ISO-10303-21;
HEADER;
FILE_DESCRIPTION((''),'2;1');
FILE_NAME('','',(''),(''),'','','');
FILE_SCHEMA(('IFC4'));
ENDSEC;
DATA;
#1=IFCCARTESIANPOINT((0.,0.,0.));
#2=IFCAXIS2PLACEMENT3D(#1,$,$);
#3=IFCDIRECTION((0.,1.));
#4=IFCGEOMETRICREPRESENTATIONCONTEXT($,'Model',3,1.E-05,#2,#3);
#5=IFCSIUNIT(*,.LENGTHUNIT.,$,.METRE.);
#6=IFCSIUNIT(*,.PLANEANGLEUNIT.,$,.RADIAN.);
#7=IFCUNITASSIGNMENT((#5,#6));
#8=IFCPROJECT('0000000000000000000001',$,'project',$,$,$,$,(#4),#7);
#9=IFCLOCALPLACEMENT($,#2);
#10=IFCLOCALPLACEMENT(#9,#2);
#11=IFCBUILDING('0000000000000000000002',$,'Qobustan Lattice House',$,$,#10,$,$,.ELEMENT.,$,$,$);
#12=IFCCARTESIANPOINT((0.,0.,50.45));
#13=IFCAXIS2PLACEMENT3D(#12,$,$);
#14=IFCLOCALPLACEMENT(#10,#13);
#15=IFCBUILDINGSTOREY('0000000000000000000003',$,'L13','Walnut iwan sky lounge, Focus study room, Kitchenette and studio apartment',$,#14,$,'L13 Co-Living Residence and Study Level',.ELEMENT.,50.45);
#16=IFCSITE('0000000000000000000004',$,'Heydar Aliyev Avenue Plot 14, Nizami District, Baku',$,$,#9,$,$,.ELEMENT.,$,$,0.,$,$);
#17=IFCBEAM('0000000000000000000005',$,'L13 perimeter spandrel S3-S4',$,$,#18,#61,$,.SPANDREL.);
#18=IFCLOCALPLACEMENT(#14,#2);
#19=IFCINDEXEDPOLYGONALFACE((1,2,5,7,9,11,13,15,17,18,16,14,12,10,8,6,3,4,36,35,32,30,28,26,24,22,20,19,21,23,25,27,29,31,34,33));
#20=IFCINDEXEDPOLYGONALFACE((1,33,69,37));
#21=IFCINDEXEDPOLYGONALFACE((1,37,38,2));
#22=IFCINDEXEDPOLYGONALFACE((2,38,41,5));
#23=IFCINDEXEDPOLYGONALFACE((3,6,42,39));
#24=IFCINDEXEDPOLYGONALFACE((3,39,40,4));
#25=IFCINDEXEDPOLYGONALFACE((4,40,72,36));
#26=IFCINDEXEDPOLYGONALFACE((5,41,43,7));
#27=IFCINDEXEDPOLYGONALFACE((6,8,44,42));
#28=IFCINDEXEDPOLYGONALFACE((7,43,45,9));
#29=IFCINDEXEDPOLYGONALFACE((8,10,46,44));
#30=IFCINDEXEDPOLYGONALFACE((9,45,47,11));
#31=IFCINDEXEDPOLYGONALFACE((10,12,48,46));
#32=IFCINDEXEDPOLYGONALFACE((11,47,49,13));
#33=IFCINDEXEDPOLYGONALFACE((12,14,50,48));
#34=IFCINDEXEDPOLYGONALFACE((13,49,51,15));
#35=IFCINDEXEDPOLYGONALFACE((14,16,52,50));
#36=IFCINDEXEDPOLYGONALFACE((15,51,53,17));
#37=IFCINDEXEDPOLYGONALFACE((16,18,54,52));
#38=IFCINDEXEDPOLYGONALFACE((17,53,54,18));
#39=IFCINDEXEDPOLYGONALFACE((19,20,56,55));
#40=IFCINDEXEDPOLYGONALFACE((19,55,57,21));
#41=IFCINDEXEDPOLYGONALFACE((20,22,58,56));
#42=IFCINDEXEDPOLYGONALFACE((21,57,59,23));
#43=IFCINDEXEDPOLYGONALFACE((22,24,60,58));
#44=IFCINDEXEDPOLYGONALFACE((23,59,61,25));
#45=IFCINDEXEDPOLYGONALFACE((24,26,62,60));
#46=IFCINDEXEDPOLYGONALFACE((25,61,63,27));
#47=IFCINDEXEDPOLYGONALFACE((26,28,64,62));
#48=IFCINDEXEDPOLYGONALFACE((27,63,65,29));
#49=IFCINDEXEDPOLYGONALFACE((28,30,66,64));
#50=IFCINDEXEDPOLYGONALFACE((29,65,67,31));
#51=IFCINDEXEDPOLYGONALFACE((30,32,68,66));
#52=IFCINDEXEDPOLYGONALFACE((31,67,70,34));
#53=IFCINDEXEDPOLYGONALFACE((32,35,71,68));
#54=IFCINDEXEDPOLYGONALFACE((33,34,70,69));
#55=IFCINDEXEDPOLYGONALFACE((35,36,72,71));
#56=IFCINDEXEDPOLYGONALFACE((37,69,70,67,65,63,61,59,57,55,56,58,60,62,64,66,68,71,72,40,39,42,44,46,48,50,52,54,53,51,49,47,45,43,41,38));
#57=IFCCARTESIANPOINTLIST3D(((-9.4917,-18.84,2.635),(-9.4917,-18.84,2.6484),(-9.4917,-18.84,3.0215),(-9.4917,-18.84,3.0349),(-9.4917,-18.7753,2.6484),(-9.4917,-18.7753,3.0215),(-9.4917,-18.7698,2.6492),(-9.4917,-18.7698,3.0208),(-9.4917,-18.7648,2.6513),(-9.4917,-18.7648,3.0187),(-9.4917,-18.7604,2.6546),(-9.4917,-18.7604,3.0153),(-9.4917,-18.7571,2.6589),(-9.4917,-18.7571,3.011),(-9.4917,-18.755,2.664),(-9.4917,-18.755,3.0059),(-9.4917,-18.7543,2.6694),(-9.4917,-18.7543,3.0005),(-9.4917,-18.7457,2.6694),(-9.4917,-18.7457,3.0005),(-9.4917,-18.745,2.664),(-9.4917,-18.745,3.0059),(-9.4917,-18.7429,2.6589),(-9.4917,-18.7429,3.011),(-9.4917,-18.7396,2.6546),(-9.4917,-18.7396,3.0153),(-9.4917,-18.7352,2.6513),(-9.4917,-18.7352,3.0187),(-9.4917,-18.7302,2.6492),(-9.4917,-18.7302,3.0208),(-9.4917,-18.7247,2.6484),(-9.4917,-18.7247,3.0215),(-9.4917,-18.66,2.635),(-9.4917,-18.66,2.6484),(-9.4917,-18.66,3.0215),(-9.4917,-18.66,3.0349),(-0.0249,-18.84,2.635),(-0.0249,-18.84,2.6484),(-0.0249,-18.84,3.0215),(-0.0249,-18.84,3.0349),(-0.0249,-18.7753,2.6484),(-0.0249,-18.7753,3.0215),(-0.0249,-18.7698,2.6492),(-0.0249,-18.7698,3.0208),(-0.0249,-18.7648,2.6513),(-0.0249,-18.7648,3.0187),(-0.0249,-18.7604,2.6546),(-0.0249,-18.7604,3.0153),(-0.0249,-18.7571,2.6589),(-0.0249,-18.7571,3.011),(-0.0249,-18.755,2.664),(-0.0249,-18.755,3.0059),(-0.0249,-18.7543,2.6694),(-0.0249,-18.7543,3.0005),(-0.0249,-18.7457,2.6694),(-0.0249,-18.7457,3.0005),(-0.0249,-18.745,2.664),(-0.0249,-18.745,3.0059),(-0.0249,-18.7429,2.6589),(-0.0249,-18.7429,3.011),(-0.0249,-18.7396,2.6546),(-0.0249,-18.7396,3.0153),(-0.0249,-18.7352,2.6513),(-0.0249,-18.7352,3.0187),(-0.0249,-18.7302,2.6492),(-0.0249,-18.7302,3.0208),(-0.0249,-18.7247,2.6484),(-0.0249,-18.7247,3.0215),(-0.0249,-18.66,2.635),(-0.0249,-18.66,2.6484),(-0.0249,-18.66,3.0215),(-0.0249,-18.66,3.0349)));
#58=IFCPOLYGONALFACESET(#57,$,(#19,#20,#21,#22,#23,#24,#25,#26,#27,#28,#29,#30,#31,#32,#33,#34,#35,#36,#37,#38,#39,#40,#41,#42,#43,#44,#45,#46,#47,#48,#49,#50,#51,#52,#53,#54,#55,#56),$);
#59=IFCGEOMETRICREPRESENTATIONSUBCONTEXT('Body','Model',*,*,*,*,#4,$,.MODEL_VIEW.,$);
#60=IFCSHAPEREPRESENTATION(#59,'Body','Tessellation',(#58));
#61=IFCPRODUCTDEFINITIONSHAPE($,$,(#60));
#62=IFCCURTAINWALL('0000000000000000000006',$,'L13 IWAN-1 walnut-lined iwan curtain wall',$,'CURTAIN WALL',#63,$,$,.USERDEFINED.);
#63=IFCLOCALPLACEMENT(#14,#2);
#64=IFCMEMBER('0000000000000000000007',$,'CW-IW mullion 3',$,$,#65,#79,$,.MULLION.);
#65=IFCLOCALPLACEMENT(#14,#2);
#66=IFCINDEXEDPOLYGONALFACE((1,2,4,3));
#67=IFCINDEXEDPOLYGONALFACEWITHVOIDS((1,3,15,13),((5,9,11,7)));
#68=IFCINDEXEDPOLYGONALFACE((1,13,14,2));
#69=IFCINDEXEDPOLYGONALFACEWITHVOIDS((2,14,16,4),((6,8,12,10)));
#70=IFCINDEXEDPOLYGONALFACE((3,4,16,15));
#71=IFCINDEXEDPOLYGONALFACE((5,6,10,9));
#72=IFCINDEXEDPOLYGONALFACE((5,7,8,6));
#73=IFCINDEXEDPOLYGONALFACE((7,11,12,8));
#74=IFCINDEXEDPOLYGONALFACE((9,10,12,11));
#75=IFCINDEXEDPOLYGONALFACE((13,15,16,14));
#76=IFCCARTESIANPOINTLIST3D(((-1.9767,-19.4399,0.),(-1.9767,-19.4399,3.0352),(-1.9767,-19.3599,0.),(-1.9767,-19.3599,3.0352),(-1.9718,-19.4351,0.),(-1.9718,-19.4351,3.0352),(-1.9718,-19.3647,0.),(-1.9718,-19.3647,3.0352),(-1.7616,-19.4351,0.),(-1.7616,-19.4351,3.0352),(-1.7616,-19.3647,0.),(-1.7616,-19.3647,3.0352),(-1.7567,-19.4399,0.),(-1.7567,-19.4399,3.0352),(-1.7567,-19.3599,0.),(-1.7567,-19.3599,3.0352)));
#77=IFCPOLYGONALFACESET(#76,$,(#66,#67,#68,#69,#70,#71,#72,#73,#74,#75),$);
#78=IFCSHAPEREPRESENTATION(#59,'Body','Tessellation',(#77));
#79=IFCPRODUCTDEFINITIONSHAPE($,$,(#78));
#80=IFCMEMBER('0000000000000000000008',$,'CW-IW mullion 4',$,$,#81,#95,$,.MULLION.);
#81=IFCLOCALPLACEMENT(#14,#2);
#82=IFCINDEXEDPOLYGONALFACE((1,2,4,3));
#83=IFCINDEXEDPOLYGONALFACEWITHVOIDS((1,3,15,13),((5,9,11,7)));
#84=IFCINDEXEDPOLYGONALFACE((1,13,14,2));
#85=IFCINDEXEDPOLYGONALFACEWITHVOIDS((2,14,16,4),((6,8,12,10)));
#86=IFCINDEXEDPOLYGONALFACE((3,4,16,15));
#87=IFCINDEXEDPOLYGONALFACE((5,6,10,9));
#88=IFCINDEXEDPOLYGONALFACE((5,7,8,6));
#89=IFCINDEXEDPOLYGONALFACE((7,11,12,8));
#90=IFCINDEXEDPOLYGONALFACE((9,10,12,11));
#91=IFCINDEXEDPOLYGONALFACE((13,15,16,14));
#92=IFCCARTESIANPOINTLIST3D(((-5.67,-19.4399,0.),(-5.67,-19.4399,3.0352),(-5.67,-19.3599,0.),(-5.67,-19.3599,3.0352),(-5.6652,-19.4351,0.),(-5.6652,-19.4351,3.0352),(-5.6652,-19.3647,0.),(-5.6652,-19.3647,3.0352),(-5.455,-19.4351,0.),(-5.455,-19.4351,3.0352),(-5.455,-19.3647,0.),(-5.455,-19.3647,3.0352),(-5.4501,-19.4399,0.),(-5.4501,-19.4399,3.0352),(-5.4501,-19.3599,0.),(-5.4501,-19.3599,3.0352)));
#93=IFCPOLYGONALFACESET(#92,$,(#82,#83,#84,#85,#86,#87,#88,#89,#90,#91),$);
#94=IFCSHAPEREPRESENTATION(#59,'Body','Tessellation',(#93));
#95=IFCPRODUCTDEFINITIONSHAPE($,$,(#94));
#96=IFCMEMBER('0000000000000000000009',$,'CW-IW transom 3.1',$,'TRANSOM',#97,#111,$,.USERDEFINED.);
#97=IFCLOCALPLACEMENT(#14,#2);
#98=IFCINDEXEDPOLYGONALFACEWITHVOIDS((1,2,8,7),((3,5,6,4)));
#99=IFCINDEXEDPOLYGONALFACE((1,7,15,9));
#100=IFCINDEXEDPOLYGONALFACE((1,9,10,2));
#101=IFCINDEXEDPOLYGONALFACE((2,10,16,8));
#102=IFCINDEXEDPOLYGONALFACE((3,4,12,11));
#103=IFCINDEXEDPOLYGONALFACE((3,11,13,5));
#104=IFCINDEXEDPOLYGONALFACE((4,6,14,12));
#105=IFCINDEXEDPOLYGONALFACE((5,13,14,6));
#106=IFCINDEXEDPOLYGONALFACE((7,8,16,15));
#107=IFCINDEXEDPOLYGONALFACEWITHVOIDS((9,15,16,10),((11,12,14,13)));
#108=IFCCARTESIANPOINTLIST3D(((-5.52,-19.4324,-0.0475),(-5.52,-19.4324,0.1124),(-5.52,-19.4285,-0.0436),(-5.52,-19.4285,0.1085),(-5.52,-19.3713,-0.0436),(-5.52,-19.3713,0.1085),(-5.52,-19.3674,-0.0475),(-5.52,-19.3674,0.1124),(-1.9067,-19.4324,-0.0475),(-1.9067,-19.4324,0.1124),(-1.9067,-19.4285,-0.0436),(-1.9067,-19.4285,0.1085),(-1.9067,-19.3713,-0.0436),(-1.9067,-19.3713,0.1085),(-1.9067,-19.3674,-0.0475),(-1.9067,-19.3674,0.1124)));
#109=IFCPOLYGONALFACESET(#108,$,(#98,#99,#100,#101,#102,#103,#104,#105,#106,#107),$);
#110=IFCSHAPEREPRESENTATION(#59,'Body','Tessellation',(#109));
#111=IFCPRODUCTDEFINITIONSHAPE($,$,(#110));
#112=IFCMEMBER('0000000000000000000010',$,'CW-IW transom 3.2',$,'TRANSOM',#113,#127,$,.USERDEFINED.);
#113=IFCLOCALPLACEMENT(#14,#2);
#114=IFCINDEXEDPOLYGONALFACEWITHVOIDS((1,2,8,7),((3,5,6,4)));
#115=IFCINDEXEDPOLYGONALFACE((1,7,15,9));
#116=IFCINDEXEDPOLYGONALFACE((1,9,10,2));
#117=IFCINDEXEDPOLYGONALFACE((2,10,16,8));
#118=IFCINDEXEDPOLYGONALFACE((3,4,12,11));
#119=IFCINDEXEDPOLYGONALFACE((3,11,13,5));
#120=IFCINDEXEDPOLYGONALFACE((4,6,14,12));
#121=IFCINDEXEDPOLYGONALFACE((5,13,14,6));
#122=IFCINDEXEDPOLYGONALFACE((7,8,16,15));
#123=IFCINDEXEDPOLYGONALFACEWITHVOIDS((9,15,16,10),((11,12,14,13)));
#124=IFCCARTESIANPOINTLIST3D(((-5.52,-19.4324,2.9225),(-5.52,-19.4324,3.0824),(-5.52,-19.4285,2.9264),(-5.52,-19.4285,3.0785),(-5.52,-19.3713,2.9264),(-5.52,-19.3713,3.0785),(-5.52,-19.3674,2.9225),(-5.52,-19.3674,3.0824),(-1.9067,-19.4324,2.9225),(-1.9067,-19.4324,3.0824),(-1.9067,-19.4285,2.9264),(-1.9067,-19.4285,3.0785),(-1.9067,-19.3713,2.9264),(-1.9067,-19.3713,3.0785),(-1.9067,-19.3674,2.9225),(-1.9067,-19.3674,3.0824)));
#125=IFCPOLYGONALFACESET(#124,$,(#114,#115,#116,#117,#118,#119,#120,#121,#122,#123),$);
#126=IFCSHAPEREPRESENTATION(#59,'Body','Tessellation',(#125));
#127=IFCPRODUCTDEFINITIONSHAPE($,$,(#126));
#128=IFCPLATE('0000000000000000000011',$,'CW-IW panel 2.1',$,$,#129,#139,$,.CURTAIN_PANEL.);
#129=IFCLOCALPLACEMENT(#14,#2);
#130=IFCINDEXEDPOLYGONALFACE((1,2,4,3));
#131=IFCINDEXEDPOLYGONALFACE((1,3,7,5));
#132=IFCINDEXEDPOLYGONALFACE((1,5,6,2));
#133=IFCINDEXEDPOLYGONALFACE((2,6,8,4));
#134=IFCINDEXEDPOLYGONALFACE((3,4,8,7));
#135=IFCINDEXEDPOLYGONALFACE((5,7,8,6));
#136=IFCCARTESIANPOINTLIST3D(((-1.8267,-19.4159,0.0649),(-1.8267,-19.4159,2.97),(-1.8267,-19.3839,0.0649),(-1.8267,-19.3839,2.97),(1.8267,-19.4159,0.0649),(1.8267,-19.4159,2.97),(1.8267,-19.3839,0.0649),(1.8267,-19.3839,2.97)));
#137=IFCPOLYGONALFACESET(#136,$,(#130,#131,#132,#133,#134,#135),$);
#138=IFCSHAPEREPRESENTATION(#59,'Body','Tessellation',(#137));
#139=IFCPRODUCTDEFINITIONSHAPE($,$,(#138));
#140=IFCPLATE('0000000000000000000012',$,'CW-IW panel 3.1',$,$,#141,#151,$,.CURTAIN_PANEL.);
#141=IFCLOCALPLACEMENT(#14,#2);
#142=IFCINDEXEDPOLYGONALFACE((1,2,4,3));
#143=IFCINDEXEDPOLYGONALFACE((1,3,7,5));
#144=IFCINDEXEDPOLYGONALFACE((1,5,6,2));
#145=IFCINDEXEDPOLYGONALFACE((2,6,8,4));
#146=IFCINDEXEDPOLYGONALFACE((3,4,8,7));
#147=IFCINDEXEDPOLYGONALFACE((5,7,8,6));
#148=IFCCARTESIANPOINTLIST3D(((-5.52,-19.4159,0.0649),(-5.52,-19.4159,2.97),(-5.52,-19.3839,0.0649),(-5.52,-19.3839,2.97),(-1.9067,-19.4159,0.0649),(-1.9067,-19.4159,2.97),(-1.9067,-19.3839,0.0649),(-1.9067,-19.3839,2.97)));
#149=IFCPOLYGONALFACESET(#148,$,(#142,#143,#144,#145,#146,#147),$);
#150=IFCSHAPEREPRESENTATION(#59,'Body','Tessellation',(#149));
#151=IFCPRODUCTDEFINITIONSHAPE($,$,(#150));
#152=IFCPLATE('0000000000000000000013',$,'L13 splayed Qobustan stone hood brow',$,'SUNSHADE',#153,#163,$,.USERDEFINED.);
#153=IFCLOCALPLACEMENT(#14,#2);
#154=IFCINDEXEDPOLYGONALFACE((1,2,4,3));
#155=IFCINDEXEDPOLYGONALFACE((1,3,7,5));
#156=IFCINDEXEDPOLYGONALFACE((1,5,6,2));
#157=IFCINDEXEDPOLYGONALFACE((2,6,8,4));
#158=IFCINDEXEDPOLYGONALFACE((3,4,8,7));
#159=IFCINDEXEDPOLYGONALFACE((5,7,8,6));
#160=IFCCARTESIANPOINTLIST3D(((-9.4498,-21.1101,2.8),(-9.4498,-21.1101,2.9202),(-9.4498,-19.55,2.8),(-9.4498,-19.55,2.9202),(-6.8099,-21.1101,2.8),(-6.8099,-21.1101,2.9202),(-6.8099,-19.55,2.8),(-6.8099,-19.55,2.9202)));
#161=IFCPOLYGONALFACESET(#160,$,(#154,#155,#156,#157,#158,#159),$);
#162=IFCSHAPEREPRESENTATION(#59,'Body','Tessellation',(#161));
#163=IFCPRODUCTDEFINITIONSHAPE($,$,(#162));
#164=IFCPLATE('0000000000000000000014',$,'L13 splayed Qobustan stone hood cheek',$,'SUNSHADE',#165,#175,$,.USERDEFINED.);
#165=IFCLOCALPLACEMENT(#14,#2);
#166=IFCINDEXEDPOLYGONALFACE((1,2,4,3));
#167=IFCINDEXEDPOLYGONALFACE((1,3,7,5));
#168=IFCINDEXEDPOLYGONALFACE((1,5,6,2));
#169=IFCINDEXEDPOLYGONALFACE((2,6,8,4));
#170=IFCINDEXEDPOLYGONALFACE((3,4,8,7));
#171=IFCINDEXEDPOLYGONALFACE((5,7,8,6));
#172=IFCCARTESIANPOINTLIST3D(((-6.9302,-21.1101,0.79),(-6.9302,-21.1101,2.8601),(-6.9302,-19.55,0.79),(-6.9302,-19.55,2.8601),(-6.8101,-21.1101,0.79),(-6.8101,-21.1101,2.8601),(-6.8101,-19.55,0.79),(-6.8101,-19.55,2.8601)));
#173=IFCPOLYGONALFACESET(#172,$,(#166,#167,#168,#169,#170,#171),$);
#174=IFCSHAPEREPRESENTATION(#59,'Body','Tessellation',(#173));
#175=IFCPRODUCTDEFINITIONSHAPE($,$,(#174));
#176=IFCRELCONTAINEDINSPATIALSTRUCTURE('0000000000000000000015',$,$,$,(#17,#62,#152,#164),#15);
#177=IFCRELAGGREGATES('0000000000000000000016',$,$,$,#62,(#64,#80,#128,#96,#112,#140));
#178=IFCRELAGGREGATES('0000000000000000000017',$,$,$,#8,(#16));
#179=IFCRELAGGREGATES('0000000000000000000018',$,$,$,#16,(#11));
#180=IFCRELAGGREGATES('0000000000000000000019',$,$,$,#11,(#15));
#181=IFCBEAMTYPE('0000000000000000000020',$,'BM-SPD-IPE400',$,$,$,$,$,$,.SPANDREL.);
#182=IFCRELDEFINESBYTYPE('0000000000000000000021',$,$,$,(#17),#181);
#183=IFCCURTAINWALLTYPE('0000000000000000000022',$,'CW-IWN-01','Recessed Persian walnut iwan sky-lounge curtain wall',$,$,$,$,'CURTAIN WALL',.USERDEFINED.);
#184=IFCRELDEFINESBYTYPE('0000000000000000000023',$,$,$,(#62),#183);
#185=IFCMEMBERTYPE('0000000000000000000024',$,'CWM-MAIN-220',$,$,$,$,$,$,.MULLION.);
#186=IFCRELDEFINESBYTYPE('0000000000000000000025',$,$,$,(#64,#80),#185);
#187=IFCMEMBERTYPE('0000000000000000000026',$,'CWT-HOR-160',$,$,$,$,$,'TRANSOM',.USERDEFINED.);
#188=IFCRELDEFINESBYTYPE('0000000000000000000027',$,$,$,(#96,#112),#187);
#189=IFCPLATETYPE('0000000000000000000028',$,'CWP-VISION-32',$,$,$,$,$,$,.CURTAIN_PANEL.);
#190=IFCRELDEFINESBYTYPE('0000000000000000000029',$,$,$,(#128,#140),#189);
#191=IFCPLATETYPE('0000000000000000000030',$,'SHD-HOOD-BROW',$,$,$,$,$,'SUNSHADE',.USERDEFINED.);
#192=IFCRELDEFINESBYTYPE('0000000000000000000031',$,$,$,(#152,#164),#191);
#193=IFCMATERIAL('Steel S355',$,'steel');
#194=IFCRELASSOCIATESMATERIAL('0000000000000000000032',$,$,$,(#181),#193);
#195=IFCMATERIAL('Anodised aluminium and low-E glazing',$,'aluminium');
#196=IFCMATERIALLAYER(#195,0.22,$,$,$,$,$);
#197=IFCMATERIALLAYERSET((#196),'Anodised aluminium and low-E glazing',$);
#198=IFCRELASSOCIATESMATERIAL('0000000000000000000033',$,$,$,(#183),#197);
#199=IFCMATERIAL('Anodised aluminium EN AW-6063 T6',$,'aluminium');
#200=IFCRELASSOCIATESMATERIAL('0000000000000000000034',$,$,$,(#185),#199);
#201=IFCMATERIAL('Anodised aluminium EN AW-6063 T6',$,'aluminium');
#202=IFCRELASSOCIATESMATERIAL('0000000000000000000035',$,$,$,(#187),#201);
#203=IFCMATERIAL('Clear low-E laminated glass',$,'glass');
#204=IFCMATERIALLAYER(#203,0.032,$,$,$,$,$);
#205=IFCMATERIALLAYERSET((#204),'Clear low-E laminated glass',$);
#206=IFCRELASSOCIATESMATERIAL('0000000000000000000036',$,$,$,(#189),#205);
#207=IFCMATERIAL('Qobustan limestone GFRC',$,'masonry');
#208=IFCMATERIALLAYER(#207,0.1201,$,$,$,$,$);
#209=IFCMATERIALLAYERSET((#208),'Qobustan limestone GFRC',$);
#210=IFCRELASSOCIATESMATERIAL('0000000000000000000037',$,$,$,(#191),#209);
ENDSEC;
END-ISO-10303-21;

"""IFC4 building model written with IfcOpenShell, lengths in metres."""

from ifc_helpers import new_model, si_unit, direction, frame, origin, origin_2d, place, context, subcontext, project, spatial, rectangle, hollow_rectangle, i_section, extrude, material, layer, layer_set, material_profile, profile_set, type_object, element, aggregate, save


model = new_model("IFC4")

# Units and contexts
model_context = context("Model", 3, precision=1e-05, world=origin(), true_north=direction((0.0, 1.0)))
body_context = subcontext(model_context, "Body", "Model", "MODEL_VIEW")
ifc_project = project(units=[si_unit("LENGTHUNIT", "METRE"), si_unit("PLANEANGLEUNIT", "RADIAN")], contexts=[model_context])

# Site, building, storey
site_placement = place(None, origin())
site = spatial("IfcSite", under=ifc_project, at=site_placement, Name="Heydar Aliyev Avenue Plot 14, Nizami District, Baku", CompositionType="ELEMENT", RefElevation=0.0)
building_placement = place(site_placement, origin())
building = spatial("IfcBuilding", under=site, at=building_placement, Name="Qobustan Lattice House", CompositionType="ELEMENT")
storey_placement = place(building_placement, frame((0.0, 0.0, 50.45)))
storey = spatial("IfcBuildingStorey", under=building, at=storey_placement, Name="L13", Description="Walnut iwan sky lounge, Focus study room, Kitchenette and studio apartment", LongName="L13 Co-Living Residence and Study Level", CompositionType="ELEMENT", Elevation=50.45)

# Beam
ifc_material_1 = material(Name="Steel S355", Category="steel")
ifc_material_profile_1 = material_profile(ifc_material_1, i_section(OverallWidth=0.1799, OverallDepth=0.3999, WebThickness=0.0085, FlangeThickness=0.0134, FilletRadius=0.021, at=origin_2d()), Name="IPE400")
ifc_profile_set_1 = profile_set([ifc_material_profile_1], Name="Steel S355")
beam_type_1 = type_object("IfcBeamType", Name="BM-SPD-IPE400", PredefinedType="SPANDREL", material=ifc_profile_set_1)
beam_1_placement = place(storey_placement, frame((-9.4917, -18.75, 2.835), z_axis=(1.0, 0.0, 0.0), x_axis=(0.0, 1.0, 0.0)))
element("IfcBeam", 1, at=beam_1_placement, inside=storey, type_object=beam_type_1, Name="L13 perimeter spandrel S3-S4", PredefinedType="SPANDREL", context=body_context, shape_type="SweptSolid", body=[
    extrude(i_section(OverallWidth=0.1799, OverallDepth=0.3999, WebThickness=0.0085, FlangeThickness=0.0134, FilletRadius=0.021, at=origin_2d()), origin(), (0.0, 0.0, 1.0), 9.4668),
])

# Curtain wall, members, plates
ifc_material_2 = material(Name="Anodised aluminium and low-E glazing", Category="aluminium")
ifc_layer_1 = layer(ifc_material_2, 0.22)
ifc_layer_set_1 = layer_set([ifc_layer_1], Name="Anodised aluminium and low-E glazing")
curtain_wall_type = type_object("IfcCurtainWallType", Name="CW-IWN-01", Description="Recessed Persian walnut iwan sky-lounge curtain wall", ElementType="CURTAIN WALL", PredefinedType="USERDEFINED", material=ifc_layer_set_1)
curtain_wall_placement = place(storey_placement, origin())
curtain_wall = element("IfcCurtainWall", 2, at=curtain_wall_placement, inside=storey, type_object=curtain_wall_type, Name="L13 IWAN-1 walnut-lined iwan curtain wall", ObjectType="CURTAIN WALL", PredefinedType="USERDEFINED")
ifc_material_3 = material(Name="Anodised aluminium EN AW-6063 T6", Category="aluminium")
ifc_material_profile_2 = material_profile(ifc_material_3, hollow_rectangle(XDim=0.0801, YDim=0.22, WallThickness=0.0049, at=origin_2d()), Name="CWM-220x80")
ifc_profile_set_2 = profile_set([ifc_material_profile_2], Name="Anodised aluminium EN AW-6063 T6")
member_type_1 = type_object("IfcMemberType", Name="CWM-MAIN-220", PredefinedType="MULLION", material=ifc_profile_set_2)
member_1_placement = place(storey_placement, frame((-1.8667, -19.3999, 0.0), z_axis=(0.0, 0.0, 1.0), x_axis=(0.0, -1.0, 0.0)))
member_1 = element("IfcMember", 3, at=member_1_placement, type_object=member_type_1, Name="CW-IW mullion 3", PredefinedType="MULLION", context=body_context, shape_type="SweptSolid", body=[
    extrude(hollow_rectangle(XDim=0.0801, YDim=0.22, WallThickness=0.0049, at=origin_2d()), origin(), (0.0, 0.0, 1.0), 3.0352),
])
member_2_placement = place(storey_placement, frame((-5.5601, -19.3999, 0.0), z_axis=(0.0, 0.0, 1.0), x_axis=(0.0, -1.0, 0.0)))
member_2 = element("IfcMember", 4, at=member_2_placement, type_object=member_type_1, Name="CW-IW mullion 4", PredefinedType="MULLION", context=body_context, shape_type="SweptSolid", body=[
    extrude(hollow_rectangle(XDim=0.0801, YDim=0.22, WallThickness=0.0049, at=origin_2d()), origin(), (0.0, 0.0, 1.0), 3.0352),
])
ifc_material_4 = material(Name="Anodised aluminium EN AW-6063 T6", Category="aluminium")
ifc_material_profile_3 = material_profile(ifc_material_4, hollow_rectangle(XDim=0.0649, YDim=0.1599, WallThickness=0.0039, at=origin_2d()), Name="CWT-160x65")
ifc_profile_set_3 = profile_set([ifc_material_profile_3], Name="Anodised aluminium EN AW-6063 T6")
member_type_2 = type_object("IfcMemberType", Name="CWT-HOR-160", ElementType="TRANSOM", PredefinedType="USERDEFINED", material=ifc_profile_set_3)
member_3_placement = place(storey_placement, frame((-1.9067, -19.3999, 0.0325), z_axis=(-1.0, 0.0, 0.0), x_axis=(0.0, -1.0, 0.0)))
member_3 = element("IfcMember", 5, at=member_3_placement, type_object=member_type_2, Name="CW-IW transom 3.1", ObjectType="TRANSOM", PredefinedType="USERDEFINED", context=body_context, shape_type="SweptSolid", body=[
    extrude(hollow_rectangle(XDim=0.0649, YDim=0.1599, WallThickness=0.0039, at=origin_2d()), origin(), (0.0, 0.0, 1.0), 3.6133),
])
member_4_placement = place(storey_placement, frame((-1.9067, -19.3999, 3.0024), z_axis=(-1.0, 0.0, 0.0), x_axis=(0.0, -1.0, 0.0)))
member_4 = element("IfcMember", 6, at=member_4_placement, type_object=member_type_2, Name="CW-IW transom 3.2", ObjectType="TRANSOM", PredefinedType="USERDEFINED", context=body_context, shape_type="SweptSolid", body=[
    extrude(hollow_rectangle(XDim=0.0649, YDim=0.1599, WallThickness=0.0039, at=origin_2d()), origin(), (0.0, 0.0, 1.0), 3.6133),
])
ifc_material_5 = material(Name="Clear low-E laminated glass", Category="glass")
ifc_layer_2 = layer(ifc_material_5, 0.032)
ifc_layer_set_2 = layer_set([ifc_layer_2], Name="Clear low-E laminated glass")
plate_type_1 = type_object("IfcPlateType", Name="CWP-VISION-32", PredefinedType="CURTAIN_PANEL", material=ifc_layer_set_2)
plate_1_placement = place(storey_placement, frame((0.0, -19.3999, 0.0649), z_axis=(0.0, 0.0, 1.0), x_axis=(-1.0, 0.0, 0.0)))
plate_1 = element("IfcPlate", 7, at=plate_1_placement, type_object=plate_type_1, Name="CW-IW panel 2.1", PredefinedType="CURTAIN_PANEL", context=body_context, shape_type="SweptSolid", body=[
    extrude(rectangle(XDim=3.6533, YDim=0.032, at=origin_2d()), origin(), (0.0, 0.0, 1.0), 2.905),
])
plate_2_placement = place(storey_placement, frame((-3.7134, -19.3999, 0.0649), z_axis=(0.0, 0.0, 1.0), x_axis=(-1.0, 0.0, 0.0)))
plate_2 = element("IfcPlate", 8, at=plate_2_placement, type_object=plate_type_1, Name="CW-IW panel 3.1", PredefinedType="CURTAIN_PANEL", context=body_context, shape_type="SweptSolid", body=[
    extrude(rectangle(XDim=3.6133, YDim=0.032, at=origin_2d()), origin(), (0.0, 0.0, 1.0), 2.905),
])
aggregate(curtain_wall, [member_1, member_2, plate_1, member_3, member_4, plate_2])

# Plates
ifc_material_6 = material(Name="Qobustan limestone GFRC", Category="masonry")
ifc_layer_3 = layer(ifc_material_6, 0.1201)
ifc_layer_set_3 = layer_set([ifc_layer_3], Name="Qobustan limestone GFRC")
plate_type_2 = type_object("IfcPlateType", Name="SHD-HOOD-BROW", ElementType="SUNSHADE", PredefinedType="USERDEFINED", material=ifc_layer_set_3)
plate_3_placement = place(storey_placement, frame((-8.1299, -20.3301, 2.8), z_axis=(0.0, 0.0, 1.0), x_axis=(-1.0, 0.0, 0.0)))
element("IfcPlate", 9, at=plate_3_placement, inside=storey, type_object=plate_type_2, Name="L13 splayed Qobustan stone hood brow", ObjectType="SUNSHADE", PredefinedType="USERDEFINED", context=body_context, shape_type="SweptSolid", body=[
    extrude(rectangle(XDim=2.6399, YDim=1.5601, at=origin_2d()), origin(), (0.0, 0.0, 1.0), 0.1201),
])
plate_4_placement = place(storey_placement, frame((-6.8701, -20.3301, 0.79), z_axis=(0.0, 0.0, 1.0), x_axis=(-1.0, 0.0, 0.0)))
element("IfcPlate", 10, at=plate_4_placement, inside=storey, type_object=plate_type_2, Name="L13 splayed Qobustan stone hood cheek", ObjectType="SUNSHADE", PredefinedType="USERDEFINED", context=body_context, shape_type="SweptSolid", body=[
    extrude(rectangle(XDim=0.1201, YDim=1.5601, at=origin_2d()), origin(), (0.0, 0.0, 1.0), 2.0701),
])

save(model, "model.ifc")
